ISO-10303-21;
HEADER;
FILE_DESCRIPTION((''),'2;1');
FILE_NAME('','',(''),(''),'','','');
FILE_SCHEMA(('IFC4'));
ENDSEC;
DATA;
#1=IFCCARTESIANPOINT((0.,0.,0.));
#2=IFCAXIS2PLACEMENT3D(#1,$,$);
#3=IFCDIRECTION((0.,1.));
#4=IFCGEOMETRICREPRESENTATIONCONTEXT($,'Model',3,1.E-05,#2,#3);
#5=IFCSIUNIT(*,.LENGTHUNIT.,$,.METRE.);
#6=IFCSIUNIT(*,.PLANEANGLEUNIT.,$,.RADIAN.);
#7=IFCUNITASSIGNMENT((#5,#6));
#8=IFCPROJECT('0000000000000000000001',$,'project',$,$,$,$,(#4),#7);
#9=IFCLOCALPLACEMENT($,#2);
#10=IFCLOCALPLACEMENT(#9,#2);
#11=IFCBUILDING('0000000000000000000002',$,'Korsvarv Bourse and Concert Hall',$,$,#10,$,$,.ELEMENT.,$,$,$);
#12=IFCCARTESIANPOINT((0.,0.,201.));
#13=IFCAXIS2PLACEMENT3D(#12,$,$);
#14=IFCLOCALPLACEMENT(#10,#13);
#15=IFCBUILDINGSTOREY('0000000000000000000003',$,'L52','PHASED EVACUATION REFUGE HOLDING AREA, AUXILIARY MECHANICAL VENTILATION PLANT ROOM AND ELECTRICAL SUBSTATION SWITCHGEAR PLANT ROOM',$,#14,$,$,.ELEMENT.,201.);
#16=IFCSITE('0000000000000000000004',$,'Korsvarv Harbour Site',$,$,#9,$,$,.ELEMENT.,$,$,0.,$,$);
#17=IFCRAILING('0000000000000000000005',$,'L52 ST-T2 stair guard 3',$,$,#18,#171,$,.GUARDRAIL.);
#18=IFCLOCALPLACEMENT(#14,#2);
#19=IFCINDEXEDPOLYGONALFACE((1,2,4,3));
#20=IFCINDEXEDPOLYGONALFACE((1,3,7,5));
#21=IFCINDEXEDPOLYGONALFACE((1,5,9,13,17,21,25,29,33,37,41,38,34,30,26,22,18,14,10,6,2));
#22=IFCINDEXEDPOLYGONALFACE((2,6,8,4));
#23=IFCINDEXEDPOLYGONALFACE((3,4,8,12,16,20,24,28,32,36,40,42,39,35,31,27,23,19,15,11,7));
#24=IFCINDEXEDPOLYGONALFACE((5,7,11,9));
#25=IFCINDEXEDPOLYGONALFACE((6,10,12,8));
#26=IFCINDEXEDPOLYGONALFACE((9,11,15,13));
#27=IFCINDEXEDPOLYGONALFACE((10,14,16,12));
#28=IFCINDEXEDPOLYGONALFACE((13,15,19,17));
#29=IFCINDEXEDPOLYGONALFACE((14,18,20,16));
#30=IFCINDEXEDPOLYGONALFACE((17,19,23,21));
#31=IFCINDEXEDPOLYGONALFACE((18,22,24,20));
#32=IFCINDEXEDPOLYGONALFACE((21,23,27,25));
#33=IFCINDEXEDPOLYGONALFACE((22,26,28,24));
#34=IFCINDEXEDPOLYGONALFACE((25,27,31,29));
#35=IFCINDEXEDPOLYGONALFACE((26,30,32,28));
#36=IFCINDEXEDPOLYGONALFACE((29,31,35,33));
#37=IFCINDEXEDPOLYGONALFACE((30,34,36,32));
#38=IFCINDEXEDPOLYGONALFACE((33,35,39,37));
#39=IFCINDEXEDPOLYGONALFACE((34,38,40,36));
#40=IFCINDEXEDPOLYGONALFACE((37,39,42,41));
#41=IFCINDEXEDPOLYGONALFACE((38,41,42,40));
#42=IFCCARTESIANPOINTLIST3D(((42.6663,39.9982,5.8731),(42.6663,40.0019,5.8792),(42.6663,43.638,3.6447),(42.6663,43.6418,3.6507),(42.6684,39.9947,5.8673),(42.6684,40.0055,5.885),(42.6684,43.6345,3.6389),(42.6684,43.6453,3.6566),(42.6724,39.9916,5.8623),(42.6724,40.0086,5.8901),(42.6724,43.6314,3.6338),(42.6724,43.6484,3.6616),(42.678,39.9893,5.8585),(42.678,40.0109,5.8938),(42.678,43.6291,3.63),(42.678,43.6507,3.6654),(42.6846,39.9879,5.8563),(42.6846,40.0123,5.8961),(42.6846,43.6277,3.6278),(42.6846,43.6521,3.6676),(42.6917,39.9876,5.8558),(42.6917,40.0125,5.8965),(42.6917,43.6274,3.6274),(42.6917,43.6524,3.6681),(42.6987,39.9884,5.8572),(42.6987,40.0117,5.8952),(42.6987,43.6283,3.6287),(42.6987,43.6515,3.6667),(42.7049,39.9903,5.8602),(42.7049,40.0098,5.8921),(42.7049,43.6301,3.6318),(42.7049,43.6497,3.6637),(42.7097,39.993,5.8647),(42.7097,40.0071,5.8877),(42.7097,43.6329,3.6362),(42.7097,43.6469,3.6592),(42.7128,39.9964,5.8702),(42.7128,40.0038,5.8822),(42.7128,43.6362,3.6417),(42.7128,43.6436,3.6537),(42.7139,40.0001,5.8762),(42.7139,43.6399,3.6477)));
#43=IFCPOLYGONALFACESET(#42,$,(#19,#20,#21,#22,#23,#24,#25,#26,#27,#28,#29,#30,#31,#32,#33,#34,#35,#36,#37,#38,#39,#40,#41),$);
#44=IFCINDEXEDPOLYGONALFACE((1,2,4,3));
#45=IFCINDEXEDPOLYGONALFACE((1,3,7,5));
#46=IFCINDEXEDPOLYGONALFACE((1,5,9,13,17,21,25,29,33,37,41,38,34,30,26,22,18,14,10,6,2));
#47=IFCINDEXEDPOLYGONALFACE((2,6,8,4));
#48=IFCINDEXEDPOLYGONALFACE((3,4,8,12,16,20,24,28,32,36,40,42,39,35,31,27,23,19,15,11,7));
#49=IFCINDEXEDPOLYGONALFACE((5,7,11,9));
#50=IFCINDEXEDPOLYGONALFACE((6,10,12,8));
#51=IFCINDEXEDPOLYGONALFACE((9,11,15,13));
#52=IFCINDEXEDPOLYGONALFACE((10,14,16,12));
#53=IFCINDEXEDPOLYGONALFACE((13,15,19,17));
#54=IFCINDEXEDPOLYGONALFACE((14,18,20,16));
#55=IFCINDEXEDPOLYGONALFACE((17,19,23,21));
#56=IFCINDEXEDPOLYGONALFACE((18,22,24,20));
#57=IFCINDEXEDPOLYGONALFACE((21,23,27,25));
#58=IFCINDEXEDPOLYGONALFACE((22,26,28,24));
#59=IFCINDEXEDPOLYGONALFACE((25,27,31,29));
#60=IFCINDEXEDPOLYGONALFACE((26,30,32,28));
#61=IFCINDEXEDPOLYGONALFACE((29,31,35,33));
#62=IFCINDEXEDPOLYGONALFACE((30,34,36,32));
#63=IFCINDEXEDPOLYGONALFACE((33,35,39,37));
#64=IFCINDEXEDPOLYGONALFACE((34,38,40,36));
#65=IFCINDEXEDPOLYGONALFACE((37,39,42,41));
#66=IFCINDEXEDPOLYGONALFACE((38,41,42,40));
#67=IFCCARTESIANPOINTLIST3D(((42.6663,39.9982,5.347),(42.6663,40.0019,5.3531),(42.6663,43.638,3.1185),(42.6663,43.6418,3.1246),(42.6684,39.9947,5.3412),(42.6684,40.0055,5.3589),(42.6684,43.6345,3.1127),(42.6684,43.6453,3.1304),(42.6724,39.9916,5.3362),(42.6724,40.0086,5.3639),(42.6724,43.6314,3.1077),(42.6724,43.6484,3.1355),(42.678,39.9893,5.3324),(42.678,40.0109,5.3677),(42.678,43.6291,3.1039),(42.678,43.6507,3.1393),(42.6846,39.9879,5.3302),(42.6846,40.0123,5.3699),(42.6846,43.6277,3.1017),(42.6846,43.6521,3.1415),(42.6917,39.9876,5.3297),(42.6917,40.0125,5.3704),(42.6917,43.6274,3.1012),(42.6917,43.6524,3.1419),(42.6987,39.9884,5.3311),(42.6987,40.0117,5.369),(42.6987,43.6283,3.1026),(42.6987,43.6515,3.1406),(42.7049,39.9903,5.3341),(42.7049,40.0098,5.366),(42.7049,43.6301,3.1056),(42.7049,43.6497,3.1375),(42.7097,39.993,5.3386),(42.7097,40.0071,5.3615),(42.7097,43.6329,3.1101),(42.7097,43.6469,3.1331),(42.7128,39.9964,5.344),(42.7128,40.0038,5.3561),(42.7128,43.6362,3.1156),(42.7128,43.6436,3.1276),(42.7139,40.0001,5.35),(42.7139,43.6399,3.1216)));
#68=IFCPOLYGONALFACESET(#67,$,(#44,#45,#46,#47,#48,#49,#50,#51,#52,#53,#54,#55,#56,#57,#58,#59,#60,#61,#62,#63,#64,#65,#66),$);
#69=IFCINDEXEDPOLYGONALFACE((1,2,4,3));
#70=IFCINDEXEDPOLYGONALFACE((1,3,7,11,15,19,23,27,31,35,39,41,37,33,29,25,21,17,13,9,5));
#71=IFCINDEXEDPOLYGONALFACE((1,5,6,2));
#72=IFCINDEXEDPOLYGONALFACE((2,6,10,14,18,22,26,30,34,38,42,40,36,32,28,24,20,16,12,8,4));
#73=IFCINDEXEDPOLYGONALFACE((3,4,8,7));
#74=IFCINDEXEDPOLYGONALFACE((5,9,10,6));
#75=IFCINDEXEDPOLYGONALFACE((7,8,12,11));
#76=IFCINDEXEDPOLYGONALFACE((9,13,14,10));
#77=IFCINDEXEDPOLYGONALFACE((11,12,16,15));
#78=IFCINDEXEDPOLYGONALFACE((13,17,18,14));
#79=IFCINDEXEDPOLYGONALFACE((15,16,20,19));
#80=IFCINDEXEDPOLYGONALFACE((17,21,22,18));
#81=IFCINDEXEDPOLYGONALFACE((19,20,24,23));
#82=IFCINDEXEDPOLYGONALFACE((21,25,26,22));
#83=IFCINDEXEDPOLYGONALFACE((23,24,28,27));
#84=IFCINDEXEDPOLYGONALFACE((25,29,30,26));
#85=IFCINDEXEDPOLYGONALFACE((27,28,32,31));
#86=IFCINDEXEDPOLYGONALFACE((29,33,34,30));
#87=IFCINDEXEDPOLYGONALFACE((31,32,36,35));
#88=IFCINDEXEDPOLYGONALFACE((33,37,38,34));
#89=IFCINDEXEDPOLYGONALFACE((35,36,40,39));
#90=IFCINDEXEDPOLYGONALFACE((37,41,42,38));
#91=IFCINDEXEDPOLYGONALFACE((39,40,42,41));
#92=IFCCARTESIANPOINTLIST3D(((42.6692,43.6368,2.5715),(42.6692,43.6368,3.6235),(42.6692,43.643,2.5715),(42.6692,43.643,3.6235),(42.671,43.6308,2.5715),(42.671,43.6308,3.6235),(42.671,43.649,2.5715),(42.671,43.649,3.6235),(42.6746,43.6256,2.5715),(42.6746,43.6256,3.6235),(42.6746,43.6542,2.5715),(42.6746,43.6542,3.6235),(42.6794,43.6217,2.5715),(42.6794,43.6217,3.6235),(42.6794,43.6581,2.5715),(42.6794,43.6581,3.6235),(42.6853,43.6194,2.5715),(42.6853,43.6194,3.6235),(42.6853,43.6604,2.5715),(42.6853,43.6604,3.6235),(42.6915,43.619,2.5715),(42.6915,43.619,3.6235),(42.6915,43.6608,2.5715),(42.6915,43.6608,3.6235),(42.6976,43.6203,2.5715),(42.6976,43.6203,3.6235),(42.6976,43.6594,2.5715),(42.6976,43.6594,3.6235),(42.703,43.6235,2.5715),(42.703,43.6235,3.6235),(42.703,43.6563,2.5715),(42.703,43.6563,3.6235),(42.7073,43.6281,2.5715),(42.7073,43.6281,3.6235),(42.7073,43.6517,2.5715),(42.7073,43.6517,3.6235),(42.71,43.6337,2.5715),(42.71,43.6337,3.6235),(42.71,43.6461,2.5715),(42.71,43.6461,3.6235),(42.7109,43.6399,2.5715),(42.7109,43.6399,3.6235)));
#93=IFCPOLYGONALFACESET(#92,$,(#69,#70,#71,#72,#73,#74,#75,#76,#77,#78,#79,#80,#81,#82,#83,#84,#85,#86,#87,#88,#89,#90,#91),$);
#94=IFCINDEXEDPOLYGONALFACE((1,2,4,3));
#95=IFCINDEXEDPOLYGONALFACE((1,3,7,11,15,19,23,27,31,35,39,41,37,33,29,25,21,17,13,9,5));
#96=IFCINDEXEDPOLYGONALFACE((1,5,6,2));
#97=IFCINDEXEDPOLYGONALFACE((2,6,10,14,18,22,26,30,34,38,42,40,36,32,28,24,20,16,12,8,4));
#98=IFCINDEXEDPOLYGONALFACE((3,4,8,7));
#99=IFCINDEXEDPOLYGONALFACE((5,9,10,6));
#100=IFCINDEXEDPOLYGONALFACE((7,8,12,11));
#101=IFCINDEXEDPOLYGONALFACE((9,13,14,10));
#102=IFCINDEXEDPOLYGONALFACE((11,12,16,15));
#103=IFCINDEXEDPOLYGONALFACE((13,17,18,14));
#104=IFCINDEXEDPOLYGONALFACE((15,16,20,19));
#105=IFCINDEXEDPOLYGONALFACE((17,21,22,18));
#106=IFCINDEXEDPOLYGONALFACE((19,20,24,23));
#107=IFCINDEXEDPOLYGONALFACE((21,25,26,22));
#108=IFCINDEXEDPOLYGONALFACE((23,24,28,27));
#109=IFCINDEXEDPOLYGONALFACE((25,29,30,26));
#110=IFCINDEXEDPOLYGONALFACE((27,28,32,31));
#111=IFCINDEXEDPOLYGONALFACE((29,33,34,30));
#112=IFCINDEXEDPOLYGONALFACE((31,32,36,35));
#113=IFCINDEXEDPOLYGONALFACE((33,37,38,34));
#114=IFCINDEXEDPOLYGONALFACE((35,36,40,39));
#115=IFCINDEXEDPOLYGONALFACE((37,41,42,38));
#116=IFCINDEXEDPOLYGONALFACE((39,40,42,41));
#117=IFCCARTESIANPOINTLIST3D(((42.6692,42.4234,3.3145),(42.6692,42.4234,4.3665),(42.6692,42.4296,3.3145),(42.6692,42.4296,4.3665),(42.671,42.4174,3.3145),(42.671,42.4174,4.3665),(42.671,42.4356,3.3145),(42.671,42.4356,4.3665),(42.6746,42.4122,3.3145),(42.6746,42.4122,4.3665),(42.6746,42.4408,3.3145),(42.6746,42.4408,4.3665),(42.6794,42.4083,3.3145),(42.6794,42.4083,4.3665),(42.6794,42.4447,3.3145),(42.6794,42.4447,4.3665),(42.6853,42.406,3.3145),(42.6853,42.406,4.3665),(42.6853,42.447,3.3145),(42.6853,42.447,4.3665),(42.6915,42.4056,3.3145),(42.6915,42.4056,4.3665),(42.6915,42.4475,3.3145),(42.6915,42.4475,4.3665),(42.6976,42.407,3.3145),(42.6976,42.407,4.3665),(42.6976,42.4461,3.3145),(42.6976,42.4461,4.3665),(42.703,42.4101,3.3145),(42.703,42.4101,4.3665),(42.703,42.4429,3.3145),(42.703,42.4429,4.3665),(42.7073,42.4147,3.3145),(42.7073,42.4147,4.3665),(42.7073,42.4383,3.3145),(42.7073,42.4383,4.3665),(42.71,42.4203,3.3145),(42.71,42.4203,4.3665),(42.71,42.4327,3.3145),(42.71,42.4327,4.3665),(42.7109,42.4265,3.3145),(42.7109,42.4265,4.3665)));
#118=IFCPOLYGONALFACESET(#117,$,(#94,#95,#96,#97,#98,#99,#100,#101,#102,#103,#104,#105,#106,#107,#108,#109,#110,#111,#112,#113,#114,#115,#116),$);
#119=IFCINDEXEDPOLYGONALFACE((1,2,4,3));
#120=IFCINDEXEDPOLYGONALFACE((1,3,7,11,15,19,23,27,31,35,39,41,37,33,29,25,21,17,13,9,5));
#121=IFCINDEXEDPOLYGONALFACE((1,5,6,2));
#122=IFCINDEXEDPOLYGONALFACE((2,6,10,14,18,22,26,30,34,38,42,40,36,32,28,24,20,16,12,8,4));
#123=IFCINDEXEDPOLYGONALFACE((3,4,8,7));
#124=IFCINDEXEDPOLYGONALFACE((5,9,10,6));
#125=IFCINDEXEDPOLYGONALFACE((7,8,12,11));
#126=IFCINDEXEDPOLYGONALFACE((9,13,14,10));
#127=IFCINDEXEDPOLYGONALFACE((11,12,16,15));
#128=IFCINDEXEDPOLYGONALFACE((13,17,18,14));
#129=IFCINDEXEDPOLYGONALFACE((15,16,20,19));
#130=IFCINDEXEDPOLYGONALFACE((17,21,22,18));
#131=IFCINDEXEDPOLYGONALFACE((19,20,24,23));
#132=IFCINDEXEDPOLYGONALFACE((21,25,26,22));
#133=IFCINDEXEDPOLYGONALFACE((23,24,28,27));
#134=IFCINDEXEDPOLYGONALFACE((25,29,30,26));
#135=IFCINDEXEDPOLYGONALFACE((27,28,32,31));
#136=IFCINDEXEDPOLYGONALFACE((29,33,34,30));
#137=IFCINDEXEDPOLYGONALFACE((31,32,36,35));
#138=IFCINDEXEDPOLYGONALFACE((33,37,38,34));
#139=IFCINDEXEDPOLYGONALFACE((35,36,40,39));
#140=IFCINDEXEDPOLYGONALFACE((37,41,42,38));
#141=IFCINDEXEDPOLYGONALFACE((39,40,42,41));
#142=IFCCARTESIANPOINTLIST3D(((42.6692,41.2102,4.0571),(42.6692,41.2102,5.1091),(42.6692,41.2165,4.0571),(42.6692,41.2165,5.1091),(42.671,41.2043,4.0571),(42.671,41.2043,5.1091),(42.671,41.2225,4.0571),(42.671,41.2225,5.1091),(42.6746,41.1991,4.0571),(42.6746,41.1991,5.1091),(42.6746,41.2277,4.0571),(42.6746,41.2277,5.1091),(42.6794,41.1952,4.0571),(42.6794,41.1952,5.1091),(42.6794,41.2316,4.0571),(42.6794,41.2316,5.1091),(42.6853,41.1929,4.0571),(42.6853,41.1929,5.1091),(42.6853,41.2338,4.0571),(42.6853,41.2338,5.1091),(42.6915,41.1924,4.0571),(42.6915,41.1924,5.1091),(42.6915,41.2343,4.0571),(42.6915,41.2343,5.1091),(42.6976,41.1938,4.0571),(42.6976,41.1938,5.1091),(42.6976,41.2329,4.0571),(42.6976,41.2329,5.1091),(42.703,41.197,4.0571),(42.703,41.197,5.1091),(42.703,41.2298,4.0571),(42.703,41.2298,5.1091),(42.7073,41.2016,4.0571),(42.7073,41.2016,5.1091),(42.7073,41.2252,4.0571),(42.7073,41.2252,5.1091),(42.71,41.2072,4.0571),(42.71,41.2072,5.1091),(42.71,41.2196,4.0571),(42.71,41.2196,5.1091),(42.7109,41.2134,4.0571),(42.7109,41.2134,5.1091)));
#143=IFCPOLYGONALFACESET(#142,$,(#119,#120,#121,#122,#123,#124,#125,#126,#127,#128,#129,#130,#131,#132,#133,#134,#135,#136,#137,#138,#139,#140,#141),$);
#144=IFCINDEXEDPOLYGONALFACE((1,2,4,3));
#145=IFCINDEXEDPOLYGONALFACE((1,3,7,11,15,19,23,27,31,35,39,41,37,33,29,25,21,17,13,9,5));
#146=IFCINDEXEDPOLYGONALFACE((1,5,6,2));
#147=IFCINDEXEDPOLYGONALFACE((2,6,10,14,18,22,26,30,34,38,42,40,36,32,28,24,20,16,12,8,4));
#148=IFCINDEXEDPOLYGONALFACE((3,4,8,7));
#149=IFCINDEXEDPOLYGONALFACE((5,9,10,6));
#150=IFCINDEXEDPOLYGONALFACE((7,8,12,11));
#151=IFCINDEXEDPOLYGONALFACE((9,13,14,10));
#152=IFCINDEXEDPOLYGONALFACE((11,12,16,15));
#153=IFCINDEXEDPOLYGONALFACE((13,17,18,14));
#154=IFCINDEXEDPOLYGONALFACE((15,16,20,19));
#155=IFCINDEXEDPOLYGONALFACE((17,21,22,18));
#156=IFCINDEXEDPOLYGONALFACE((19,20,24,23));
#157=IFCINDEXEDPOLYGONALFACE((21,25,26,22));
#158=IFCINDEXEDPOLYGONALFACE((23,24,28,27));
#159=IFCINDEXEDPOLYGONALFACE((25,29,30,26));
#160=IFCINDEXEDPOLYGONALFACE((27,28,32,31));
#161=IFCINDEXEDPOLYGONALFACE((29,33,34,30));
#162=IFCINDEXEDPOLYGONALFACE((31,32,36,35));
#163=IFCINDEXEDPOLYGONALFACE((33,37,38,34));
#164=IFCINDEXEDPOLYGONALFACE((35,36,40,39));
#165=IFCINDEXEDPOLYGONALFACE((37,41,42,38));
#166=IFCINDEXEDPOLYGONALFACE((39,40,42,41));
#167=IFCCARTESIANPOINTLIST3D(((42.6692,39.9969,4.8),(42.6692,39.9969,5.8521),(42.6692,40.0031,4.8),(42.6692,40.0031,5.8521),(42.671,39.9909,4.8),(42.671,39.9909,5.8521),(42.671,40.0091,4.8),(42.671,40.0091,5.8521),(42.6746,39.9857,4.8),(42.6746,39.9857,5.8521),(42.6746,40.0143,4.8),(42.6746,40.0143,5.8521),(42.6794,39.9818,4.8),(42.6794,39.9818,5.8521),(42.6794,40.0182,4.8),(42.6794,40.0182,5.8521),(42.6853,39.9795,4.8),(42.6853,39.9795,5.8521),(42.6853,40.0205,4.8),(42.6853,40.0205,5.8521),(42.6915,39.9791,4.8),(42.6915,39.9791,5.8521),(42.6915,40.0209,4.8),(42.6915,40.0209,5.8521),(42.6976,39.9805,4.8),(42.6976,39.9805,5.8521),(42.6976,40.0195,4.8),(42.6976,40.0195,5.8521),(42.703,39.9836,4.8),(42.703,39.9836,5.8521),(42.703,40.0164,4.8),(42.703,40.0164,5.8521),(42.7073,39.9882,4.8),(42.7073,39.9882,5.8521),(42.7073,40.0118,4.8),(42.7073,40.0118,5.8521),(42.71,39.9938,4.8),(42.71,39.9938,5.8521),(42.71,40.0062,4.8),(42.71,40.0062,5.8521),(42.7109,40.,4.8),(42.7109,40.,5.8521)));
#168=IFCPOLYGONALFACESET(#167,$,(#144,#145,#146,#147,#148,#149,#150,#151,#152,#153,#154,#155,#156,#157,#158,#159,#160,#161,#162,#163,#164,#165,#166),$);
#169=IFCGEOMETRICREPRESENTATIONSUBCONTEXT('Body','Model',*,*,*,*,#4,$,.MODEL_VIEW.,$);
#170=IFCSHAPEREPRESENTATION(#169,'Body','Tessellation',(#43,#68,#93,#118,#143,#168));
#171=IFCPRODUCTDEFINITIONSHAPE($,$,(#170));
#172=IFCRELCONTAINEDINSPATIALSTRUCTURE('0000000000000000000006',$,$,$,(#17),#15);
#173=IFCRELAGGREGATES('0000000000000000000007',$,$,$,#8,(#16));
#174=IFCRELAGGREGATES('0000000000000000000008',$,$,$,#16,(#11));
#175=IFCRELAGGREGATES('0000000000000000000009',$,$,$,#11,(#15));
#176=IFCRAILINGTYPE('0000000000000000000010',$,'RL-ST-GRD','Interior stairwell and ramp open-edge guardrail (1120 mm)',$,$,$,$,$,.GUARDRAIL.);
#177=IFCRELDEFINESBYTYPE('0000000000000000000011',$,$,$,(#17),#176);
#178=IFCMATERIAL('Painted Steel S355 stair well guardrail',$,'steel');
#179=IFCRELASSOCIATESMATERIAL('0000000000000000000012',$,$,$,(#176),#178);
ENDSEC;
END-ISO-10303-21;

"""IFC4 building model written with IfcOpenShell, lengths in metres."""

from ifc_helpers import new_model, si_unit, direction, frame, origin, origin_2d, place, context, subcontext, project, spatial, circle, extrude, material, type_object, element, save


model = new_model("IFC4")

# Units and contexts
model_context = context("Model", 3, precision=1e-05, world=origin(), true_north=direction((0.0, 1.0)))
body_context = subcontext(model_context, "Body", "Model", "MODEL_VIEW")
ifc_project = project(units=[si_unit("LENGTHUNIT", "METRE"), si_unit("PLANEANGLEUNIT", "RADIAN")], contexts=[model_context])

# Site, building, storey
site_placement = place(None, origin())
site = spatial("IfcSite", under=ifc_project, at=site_placement, Name="Korsvarv Harbour Site", CompositionType="ELEMENT", RefElevation=0.0)
building_placement = place(site_placement, origin())
building = spatial("IfcBuilding", under=site, at=building_placement, Name="Korsvarv Bourse and Concert Hall", CompositionType="ELEMENT")
storey_placement = place(building_placement, frame((0.0, 0.0, 201.0)))
storey = spatial("IfcBuildingStorey", under=building, at=storey_placement, Name="L52", Description="PHASED EVACUATION REFUGE HOLDING AREA, AUXILIARY MECHANICAL VENTILATION PLANT ROOM AND ELECTRICAL SUBSTATION SWITCHGEAR PLANT ROOM", CompositionType="ELEMENT", Elevation=201.0)

# Railing
ifc_material_1 = material(Name="Painted Steel S355 stair well guardrail", Category="steel")
railing_type_1 = type_object("IfcRailingType", Name="RL-ST-GRD", Description="Interior stairwell and ramp open-edge guardrail (1120 mm)", PredefinedType="GUARDRAIL", material=ifc_material_1)
railing_1_placement = place(storey_placement, frame((42.6899, 43.6399, 2.5715)))
element("IfcRailing", 1, at=railing_1_placement, inside=storey, type_object=railing_type_1, Name="L52 ST-T2 stair guard 3", PredefinedType="GUARDRAIL", context=body_context, shape_type="SweptSolid", body=[
    extrude(circle(Radius=0.0239, at=origin_2d()), frame((0.0, 0.0, 1.0762), z_axis=(0.0, -0.85285, 0.522156), x_axis=(1.0, 0.0, 0.0)), (0.0, 0.0, 1.0), 4.2678),
    extrude(circle(Radius=0.0239, at=origin_2d()), frame((0.0, 0.0, 0.55), z_axis=(0.0, -0.85285, 0.522156), x_axis=(1.0, 0.0, 0.0)), (0.0, 0.0, 1.0), 4.2678),
    extrude(circle(Radius=0.021, at=origin_2d()), origin(), (0.0, 0.0, 1.0), 1.052),
    extrude(circle(Radius=0.021, at=origin_2d()), frame((0.0, -1.2134, 0.7429)), (0.0, 0.0, 1.0), 1.052),
    extrude(circle(Radius=0.021, at=origin_2d()), frame((0.0, -2.4265, 1.4856)), (0.0, 0.0, 1.0), 1.052),
    extrude(circle(Radius=0.021, at=origin_2d()), frame((0.0, -3.6399, 2.2285)), (0.0, 0.0, 1.0), 1.052),
])

save(model, "model.ifc")
